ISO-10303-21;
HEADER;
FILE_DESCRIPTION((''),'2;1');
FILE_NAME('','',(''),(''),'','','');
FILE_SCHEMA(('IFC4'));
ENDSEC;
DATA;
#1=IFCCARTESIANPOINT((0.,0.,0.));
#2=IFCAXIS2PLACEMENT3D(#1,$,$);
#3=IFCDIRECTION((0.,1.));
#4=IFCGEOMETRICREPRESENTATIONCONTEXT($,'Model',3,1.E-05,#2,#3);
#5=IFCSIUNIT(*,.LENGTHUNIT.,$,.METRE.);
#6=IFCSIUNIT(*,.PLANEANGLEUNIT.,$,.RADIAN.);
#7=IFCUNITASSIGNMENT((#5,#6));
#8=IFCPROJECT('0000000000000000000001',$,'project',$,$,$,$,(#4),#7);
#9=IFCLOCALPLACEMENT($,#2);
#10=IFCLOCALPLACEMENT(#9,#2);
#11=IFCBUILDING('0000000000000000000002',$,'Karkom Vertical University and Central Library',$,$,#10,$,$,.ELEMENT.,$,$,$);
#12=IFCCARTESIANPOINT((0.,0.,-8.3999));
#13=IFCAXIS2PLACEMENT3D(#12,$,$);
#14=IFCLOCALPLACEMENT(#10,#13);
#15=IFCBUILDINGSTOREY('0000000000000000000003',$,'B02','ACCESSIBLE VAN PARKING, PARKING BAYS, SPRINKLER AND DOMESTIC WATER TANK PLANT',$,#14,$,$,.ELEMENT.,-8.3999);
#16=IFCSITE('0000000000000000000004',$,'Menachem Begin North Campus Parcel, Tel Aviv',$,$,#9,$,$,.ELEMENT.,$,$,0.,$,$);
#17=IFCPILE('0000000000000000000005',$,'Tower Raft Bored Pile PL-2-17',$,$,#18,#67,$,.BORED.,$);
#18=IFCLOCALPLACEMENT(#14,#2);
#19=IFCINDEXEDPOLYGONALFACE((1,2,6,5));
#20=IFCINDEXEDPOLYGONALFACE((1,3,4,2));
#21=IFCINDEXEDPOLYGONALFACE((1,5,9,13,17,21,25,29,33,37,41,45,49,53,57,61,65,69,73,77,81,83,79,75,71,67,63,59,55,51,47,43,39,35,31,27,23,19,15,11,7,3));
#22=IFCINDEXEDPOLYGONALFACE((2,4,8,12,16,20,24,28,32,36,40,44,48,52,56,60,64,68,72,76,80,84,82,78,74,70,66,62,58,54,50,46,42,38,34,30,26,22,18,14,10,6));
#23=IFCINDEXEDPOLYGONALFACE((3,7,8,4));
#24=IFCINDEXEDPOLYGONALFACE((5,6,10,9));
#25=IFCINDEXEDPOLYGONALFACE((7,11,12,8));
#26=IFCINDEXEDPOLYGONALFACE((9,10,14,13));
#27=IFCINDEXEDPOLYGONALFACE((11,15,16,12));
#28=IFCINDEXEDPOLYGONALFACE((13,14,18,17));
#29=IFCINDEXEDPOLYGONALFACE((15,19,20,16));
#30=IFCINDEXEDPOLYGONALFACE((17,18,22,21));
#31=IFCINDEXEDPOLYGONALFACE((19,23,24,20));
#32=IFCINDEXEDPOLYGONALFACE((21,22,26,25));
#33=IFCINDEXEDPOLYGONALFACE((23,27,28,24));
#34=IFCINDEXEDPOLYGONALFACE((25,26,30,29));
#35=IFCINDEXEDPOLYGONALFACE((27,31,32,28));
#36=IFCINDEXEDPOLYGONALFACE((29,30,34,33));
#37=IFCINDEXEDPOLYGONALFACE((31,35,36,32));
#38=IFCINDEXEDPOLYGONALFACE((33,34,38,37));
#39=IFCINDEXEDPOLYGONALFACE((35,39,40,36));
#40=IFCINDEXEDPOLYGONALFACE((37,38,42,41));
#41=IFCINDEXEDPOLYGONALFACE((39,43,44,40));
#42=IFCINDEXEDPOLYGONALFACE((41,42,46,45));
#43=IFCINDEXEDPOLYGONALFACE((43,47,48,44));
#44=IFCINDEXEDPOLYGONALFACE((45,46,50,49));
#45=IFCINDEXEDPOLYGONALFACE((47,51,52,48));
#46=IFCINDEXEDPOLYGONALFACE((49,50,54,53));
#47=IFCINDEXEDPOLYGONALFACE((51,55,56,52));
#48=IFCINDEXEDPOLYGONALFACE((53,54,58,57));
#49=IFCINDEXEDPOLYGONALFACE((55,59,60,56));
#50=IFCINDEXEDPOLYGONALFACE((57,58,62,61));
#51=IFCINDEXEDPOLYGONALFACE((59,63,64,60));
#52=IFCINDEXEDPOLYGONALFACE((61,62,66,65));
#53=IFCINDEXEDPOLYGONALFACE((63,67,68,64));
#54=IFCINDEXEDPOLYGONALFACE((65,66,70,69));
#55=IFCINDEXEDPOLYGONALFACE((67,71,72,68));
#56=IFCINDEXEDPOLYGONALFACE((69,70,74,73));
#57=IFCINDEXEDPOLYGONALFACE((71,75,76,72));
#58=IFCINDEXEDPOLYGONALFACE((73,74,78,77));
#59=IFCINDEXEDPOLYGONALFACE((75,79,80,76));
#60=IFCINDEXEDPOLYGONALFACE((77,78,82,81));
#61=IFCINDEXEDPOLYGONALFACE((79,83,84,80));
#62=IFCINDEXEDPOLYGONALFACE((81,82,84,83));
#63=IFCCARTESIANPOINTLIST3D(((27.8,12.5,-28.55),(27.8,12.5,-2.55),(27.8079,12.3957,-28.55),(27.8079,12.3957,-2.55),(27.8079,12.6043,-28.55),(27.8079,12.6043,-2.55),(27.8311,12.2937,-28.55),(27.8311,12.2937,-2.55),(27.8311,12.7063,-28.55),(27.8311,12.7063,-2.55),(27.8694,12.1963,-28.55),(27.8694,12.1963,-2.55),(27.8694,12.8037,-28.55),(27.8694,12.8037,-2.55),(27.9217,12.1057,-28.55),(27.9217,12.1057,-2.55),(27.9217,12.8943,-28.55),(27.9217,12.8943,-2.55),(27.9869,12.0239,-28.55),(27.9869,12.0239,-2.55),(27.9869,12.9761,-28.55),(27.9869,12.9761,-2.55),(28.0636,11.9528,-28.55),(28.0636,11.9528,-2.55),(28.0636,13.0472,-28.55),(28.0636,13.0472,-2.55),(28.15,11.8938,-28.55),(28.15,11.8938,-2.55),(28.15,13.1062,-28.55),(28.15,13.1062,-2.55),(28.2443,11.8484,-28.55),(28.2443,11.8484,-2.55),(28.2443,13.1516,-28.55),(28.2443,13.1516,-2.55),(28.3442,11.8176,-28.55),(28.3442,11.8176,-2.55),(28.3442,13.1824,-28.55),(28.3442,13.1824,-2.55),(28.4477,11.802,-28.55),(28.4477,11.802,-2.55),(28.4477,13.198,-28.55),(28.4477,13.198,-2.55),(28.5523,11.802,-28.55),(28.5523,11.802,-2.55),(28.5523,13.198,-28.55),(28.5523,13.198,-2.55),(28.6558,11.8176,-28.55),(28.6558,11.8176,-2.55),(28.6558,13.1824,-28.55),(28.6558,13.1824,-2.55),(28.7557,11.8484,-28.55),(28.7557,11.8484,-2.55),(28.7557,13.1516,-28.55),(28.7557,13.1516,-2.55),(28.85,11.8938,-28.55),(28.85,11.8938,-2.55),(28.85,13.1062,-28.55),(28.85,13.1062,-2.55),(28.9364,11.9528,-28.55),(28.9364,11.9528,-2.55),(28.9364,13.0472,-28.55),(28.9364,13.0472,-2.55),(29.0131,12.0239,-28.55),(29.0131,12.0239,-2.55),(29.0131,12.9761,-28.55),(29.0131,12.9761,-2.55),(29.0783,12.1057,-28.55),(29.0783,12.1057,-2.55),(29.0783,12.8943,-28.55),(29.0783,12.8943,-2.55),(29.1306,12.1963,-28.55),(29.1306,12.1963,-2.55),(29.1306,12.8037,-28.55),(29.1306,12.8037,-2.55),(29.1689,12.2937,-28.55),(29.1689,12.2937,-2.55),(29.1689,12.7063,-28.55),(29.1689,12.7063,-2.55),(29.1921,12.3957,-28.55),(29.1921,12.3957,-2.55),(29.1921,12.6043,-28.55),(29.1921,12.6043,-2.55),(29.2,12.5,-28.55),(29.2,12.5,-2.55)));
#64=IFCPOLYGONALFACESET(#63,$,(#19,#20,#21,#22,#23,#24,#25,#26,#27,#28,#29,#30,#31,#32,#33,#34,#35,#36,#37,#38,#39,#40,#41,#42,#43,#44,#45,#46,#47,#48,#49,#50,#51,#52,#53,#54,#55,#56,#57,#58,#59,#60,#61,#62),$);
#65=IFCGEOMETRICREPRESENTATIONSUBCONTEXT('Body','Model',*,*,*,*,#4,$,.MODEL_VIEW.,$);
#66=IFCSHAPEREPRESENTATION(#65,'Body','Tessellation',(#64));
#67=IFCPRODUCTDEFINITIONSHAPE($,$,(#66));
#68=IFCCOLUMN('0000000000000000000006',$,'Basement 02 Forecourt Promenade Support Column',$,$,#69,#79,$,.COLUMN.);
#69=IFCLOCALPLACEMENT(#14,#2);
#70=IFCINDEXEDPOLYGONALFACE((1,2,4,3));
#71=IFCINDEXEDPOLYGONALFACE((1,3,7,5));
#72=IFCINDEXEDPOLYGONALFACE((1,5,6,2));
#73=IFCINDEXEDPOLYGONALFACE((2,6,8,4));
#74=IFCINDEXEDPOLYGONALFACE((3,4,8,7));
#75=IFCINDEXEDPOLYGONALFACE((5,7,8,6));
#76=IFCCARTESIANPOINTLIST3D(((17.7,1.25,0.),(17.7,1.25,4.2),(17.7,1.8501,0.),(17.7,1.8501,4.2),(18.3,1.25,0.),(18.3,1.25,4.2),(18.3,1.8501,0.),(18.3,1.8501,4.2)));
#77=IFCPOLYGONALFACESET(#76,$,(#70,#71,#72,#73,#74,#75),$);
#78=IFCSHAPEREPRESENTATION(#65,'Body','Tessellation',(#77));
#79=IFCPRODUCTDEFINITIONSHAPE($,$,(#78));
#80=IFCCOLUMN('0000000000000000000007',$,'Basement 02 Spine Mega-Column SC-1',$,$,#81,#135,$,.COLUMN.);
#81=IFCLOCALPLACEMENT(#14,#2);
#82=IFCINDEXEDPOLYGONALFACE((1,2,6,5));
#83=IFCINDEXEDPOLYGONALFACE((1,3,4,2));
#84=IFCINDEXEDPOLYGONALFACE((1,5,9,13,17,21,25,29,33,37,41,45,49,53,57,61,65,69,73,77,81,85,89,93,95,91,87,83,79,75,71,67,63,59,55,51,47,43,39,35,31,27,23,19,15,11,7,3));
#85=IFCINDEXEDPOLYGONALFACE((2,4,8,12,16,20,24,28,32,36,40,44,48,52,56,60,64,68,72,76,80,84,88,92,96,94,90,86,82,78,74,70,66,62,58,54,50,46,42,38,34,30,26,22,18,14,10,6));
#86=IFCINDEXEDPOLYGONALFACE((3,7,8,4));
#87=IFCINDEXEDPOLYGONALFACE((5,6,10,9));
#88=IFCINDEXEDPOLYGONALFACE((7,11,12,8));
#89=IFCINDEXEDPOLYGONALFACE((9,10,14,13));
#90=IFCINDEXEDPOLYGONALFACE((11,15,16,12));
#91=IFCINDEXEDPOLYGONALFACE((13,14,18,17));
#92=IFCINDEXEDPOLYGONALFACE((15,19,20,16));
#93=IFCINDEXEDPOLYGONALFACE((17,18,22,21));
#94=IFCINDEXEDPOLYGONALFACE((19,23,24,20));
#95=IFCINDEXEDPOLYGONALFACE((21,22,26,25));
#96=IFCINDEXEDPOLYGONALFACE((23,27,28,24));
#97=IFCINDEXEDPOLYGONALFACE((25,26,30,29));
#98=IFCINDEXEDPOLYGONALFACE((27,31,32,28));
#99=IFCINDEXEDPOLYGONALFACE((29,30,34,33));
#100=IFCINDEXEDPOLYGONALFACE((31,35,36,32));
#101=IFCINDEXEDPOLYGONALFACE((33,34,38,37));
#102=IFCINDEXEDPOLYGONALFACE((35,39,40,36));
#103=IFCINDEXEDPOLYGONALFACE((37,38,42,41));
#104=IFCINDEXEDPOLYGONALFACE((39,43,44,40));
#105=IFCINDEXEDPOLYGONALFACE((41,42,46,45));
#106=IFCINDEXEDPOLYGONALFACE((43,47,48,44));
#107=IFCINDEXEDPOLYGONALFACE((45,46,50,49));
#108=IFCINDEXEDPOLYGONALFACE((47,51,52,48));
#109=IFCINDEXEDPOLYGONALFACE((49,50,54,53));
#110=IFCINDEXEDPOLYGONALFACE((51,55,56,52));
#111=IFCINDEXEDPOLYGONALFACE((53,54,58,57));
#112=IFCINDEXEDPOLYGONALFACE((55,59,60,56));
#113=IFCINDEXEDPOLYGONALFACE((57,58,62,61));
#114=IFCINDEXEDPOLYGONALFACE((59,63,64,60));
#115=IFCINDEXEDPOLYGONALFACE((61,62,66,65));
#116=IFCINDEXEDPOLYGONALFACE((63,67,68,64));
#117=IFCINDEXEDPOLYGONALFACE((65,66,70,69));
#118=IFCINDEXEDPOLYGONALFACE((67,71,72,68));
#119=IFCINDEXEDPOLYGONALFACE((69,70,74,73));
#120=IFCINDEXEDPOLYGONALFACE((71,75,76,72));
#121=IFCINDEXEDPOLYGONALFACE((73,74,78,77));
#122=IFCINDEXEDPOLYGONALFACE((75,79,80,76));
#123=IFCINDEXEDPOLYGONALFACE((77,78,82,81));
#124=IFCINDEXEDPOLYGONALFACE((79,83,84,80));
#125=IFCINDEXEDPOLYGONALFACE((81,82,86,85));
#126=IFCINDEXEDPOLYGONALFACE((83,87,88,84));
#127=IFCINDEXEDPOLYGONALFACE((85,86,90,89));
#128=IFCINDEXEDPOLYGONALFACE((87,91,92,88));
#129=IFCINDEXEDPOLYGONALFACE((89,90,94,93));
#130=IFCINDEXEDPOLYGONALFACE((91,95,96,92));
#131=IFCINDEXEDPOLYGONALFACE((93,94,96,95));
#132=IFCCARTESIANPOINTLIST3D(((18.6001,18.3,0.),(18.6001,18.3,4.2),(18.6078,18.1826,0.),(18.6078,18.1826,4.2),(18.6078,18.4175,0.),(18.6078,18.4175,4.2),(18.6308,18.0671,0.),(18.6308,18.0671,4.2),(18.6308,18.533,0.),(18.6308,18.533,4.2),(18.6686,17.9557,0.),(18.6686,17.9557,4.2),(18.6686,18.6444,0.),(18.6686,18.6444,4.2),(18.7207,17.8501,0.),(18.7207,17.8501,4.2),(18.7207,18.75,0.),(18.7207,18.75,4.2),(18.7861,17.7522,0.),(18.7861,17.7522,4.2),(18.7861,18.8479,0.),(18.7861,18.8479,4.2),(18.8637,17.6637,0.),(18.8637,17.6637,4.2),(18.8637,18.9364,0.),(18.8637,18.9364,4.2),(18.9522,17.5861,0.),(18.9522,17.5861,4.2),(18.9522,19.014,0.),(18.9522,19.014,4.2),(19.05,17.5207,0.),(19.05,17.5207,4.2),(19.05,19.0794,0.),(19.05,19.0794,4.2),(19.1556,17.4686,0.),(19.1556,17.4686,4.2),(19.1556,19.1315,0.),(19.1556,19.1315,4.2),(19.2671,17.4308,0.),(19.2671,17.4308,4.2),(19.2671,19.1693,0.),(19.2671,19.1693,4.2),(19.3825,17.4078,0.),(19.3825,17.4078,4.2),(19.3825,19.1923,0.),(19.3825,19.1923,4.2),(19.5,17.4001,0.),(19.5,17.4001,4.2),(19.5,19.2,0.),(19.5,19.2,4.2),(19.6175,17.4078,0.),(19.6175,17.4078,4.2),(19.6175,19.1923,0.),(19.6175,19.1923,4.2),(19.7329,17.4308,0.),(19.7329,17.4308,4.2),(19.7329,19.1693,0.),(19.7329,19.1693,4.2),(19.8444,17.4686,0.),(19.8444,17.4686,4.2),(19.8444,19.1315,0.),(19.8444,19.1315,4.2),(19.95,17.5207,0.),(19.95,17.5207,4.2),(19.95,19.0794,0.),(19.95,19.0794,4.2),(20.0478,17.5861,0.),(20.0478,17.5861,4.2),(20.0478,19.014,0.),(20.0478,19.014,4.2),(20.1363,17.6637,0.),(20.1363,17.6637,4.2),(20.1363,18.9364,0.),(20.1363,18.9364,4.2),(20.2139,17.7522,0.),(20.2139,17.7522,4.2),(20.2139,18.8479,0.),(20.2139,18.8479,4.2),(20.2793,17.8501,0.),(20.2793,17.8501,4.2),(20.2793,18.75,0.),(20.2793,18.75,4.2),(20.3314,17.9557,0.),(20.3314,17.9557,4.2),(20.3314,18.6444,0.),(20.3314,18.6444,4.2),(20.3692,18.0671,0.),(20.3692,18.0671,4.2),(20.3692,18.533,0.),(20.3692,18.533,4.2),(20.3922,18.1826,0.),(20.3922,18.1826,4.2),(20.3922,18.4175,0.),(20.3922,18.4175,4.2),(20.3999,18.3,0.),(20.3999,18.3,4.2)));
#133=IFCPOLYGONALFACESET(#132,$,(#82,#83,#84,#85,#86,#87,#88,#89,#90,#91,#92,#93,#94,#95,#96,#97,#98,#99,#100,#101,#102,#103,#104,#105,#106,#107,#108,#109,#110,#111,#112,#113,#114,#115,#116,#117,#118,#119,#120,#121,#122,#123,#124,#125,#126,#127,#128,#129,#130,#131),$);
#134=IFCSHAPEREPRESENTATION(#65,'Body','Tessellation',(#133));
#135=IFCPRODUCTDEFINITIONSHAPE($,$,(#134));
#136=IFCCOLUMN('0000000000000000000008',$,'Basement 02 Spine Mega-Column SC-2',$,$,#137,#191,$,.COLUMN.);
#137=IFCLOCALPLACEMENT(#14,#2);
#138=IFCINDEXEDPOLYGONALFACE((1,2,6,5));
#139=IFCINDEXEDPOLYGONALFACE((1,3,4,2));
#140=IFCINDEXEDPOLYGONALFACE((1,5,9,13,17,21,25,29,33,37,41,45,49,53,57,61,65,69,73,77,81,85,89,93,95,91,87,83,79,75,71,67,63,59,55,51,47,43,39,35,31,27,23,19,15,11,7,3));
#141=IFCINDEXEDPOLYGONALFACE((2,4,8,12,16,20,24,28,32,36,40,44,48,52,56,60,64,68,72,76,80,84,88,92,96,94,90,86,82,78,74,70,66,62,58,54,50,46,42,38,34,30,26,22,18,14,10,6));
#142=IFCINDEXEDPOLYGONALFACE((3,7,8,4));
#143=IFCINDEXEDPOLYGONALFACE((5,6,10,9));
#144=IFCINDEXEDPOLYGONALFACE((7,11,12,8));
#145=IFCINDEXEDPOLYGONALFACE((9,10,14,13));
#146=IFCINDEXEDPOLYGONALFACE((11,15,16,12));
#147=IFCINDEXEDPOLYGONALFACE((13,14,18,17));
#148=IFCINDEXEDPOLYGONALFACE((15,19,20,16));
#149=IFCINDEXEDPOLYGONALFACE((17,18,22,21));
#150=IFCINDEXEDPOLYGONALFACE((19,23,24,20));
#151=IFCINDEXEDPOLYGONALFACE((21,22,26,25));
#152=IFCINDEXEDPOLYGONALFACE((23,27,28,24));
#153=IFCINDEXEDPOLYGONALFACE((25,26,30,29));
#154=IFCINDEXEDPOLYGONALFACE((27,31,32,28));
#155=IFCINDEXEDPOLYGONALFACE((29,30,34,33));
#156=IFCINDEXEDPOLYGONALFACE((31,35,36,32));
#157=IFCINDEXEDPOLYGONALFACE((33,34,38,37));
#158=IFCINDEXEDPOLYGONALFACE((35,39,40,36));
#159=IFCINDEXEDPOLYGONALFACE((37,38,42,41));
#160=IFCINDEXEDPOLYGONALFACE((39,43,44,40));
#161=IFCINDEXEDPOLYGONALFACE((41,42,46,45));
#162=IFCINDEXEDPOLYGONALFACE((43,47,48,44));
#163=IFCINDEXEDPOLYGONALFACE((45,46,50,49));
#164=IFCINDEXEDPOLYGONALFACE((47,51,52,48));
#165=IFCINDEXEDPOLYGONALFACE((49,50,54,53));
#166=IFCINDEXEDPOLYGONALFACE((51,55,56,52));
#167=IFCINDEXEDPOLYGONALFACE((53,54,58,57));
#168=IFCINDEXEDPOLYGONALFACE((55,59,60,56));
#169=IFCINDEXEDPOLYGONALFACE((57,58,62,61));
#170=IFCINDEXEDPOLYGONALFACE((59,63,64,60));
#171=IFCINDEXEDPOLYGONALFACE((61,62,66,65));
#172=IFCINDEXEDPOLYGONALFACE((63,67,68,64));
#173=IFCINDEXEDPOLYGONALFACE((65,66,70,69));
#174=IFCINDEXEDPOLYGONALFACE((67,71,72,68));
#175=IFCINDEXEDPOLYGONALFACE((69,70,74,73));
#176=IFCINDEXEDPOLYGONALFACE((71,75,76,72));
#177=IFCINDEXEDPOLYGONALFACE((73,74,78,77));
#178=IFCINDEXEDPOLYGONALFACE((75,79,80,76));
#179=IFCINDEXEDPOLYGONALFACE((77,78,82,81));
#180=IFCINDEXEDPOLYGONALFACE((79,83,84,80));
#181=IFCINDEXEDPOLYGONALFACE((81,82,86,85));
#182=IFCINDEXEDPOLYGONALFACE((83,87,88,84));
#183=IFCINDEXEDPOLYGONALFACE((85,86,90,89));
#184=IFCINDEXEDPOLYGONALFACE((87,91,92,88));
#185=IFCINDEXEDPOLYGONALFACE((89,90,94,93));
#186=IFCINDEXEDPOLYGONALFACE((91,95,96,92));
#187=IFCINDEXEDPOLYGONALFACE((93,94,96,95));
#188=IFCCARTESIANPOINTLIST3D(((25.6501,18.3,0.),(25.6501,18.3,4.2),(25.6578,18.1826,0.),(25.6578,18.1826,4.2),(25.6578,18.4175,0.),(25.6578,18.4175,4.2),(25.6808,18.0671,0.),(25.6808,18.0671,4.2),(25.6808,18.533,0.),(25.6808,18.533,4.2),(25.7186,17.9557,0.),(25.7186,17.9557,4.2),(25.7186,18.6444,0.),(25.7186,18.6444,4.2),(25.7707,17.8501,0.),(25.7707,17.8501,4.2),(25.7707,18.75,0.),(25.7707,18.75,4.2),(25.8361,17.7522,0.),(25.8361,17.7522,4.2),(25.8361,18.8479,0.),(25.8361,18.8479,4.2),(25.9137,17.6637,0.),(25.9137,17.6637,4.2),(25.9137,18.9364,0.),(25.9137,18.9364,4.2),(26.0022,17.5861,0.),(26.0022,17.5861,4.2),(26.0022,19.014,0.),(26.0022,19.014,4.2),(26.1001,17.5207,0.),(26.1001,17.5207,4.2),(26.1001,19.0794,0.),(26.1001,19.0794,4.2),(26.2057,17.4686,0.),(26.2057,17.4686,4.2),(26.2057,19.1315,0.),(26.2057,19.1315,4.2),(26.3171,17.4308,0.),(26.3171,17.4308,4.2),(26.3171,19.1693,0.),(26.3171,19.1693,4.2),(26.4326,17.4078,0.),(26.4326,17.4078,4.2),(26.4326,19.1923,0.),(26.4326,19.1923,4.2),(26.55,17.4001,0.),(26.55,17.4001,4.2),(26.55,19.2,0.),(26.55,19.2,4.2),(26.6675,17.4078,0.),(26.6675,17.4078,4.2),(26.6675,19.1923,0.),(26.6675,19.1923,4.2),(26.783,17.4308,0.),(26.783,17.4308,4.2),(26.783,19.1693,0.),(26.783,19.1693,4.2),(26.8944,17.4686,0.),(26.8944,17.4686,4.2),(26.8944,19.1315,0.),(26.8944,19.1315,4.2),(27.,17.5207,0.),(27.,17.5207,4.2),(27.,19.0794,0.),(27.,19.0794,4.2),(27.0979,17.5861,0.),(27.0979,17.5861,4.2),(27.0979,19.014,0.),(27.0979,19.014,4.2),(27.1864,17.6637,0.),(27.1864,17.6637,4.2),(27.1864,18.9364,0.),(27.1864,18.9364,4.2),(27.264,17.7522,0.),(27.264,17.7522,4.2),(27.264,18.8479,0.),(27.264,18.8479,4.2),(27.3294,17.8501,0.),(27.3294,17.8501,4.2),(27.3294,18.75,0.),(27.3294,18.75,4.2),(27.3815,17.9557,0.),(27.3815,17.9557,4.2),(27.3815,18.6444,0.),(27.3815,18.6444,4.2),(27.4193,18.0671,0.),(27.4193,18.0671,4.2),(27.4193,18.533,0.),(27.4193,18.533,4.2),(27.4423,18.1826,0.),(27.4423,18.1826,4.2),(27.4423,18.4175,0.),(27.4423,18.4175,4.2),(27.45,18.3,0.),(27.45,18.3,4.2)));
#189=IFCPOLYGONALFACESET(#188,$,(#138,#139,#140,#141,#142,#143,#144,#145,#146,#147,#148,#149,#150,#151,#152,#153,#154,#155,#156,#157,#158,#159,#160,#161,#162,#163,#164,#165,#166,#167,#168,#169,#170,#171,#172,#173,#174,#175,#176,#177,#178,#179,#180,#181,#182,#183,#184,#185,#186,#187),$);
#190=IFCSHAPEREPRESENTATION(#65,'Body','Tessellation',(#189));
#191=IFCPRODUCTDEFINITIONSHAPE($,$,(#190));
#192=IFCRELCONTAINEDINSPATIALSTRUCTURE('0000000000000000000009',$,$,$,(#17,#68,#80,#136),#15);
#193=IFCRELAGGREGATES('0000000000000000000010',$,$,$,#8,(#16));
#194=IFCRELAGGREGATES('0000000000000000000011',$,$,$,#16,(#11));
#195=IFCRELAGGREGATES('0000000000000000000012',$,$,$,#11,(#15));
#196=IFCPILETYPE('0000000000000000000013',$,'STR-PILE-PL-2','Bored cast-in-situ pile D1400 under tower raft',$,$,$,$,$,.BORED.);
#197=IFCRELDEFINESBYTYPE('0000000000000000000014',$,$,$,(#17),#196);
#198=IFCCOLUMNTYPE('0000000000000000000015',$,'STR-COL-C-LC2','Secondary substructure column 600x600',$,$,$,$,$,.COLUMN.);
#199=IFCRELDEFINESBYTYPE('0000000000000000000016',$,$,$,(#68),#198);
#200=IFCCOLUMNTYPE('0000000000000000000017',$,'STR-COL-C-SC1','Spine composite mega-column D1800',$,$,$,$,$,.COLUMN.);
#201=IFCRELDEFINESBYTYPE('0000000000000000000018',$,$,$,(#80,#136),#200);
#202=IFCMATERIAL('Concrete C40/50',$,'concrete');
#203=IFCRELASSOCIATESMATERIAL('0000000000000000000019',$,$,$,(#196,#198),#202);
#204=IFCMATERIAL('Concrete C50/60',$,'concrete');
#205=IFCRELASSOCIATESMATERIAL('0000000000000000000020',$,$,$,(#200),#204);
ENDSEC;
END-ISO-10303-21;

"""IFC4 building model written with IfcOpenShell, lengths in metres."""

from ifc_helpers import new_model, si_unit, direction, frame, origin, origin_with_axes, origin_2d, place, context, subcontext, project, spatial, rectangle, circle, extrude, source, transform, mapped, material, material_profile, profile_set, type_object, element, save


model = new_model("IFC4")

# Units and contexts
model_context = context("Model", 3, precision=1e-05, world=origin(), true_north=direction((0.0, 1.0)))
body_context = subcontext(model_context, "Body", "Model", "MODEL_VIEW")
ifc_project = project(units=[si_unit("LENGTHUNIT", "METRE"), si_unit("PLANEANGLEUNIT", "RADIAN")], contexts=[model_context])

# Site, building, storey
site_placement = place(None, origin())
site = spatial("IfcSite", under=ifc_project, at=site_placement, Name="Menachem Begin North Campus Parcel, Tel Aviv", CompositionType="ELEMENT", RefElevation=0.0)
building_placement = place(site_placement, origin())
building = spatial("IfcBuilding", under=site, at=building_placement, Name="Karkom Vertical University and Central Library", CompositionType="ELEMENT")
storey_placement = place(building_placement, frame((0.0, 0.0, -8.3999)))
storey = spatial("IfcBuildingStorey", under=building, at=storey_placement, Name="B02", Description="ACCESSIBLE VAN PARKING, PARKING BAYS, SPRINKLER AND DOMESTIC WATER TANK PLANT", CompositionType="ELEMENT", Elevation=-8.3999)

# Pile
ifc_material_1 = material(Name="Concrete C40/50", Category="concrete")
ifc_material_profile_1 = material_profile(ifc_material_1, circle(Radius=0.7, at=origin_2d()), Name="PILE-D1400")
ifc_profile_set_1 = profile_set([ifc_material_profile_1], Name="Concrete C40/50")
pile_type = type_object("IfcPileType", Name="STR-PILE-PL-2", Description="Bored cast-in-situ pile D1400 under tower raft", PredefinedType="BORED", material=ifc_profile_set_1)
shared_shape_1 = source(origin_with_axes(), body_context, "Body", "SweptSolid", [
    extrude(circle(Radius=0.7, at=origin_2d()), origin(), (0.0, 0.0, 1.0), 26.0),
])
for number, where, z_axis, x_axis, name in (
    (1, (28.5, 12.5, -2.55), (0.0, 0.0, -1.0), (1.0, 0.0, 0.0), "Tower Raft Bored Pile PL-2-17"),
):
    element("IfcPile", number, at=place(storey_placement, frame(where, z_axis=z_axis, x_axis=x_axis)), inside=storey, type_object=pile_type, Name=name, PredefinedType="BORED", context=body_context, shape_type="MappedRepresentation", body=[
        mapped(shared_shape_1, transform((0.0, 0.0, 0.0), scale=1.0)),
    ])

# Columns
ifc_material_profile_2 = material_profile(ifc_material_1, rectangle(XDim=0.6001, YDim=0.6001, at=origin_2d()), Name="RC-600x600")
ifc_profile_set_2 = profile_set([ifc_material_profile_2], Name="Concrete C40/50")
column_type_1 = type_object("IfcColumnType", Name="STR-COL-C-LC2", Description="Secondary substructure column 600x600", PredefinedType="COLUMN", material=ifc_profile_set_2)
shared_shape_2 = source(origin_with_axes(), body_context, "Body", "SweptSolid", [
    extrude(rectangle(XDim=0.6001, YDim=0.6001, at=origin_2d()), origin(), (0.0, 0.0, 1.0), 4.2),
])
column_placement = place(storey_placement, frame((18.0, 1.55, 0.0), z_axis=(0.0, 0.0, 1.0), x_axis=(1.0, 0.0, 0.0)))
element("IfcColumn", 2, at=column_placement, inside=storey, type_object=column_type_1, Name="Basement 02 Forecourt Promenade Support Column", PredefinedType="COLUMN", context=body_context, shape_type="MappedRepresentation", body=[
    mapped(shared_shape_2, transform((0.0, 0.0, 0.0), scale=1.0)),
])
ifc_material_2 = material(Name="Concrete C50/60", Category="concrete")
ifc_material_profile_3 = material_profile(ifc_material_2, circle(Radius=0.8999, at=origin_2d()), Name="CFT-D1800")
ifc_profile_set_3 = profile_set([ifc_material_profile_3], Name="Concrete C50/60")
column_type_2 = type_object("IfcColumnType", Name="STR-COL-C-SC1", Description="Spine composite mega-column D1800", PredefinedType="COLUMN", material=ifc_profile_set_3)
shared_shape_3 = source(origin_with_axes(), body_context, "Body", "SweptSolid", [
    extrude(circle(Radius=0.8999, at=origin_2d()), origin(), (0.0, 0.0, 1.0), 4.2),
])
for number, where, z_axis, x_axis, name in (
    (3, (19.5, 18.3, 0.0), (0.0, 0.0, 1.0), (1.0, 0.0, 0.0), "Basement 02 Spine Mega-Column SC-1"),
    (4, (26.55, 18.3, 0.0), (0.0, 0.0, 1.0), (1.0, 0.0, 0.0), "Basement 02 Spine Mega-Column SC-2"),
):
    element("IfcColumn", number, at=place(storey_placement, frame(where, z_axis=z_axis, x_axis=x_axis)), inside=storey, type_object=column_type_2, Name=name, PredefinedType="COLUMN", context=body_context, shape_type="MappedRepresentation", body=[
        mapped(shared_shape_3, transform((0.0, 0.0, 0.0), scale=1.0)),
    ])

save(model, "model.ifc")
